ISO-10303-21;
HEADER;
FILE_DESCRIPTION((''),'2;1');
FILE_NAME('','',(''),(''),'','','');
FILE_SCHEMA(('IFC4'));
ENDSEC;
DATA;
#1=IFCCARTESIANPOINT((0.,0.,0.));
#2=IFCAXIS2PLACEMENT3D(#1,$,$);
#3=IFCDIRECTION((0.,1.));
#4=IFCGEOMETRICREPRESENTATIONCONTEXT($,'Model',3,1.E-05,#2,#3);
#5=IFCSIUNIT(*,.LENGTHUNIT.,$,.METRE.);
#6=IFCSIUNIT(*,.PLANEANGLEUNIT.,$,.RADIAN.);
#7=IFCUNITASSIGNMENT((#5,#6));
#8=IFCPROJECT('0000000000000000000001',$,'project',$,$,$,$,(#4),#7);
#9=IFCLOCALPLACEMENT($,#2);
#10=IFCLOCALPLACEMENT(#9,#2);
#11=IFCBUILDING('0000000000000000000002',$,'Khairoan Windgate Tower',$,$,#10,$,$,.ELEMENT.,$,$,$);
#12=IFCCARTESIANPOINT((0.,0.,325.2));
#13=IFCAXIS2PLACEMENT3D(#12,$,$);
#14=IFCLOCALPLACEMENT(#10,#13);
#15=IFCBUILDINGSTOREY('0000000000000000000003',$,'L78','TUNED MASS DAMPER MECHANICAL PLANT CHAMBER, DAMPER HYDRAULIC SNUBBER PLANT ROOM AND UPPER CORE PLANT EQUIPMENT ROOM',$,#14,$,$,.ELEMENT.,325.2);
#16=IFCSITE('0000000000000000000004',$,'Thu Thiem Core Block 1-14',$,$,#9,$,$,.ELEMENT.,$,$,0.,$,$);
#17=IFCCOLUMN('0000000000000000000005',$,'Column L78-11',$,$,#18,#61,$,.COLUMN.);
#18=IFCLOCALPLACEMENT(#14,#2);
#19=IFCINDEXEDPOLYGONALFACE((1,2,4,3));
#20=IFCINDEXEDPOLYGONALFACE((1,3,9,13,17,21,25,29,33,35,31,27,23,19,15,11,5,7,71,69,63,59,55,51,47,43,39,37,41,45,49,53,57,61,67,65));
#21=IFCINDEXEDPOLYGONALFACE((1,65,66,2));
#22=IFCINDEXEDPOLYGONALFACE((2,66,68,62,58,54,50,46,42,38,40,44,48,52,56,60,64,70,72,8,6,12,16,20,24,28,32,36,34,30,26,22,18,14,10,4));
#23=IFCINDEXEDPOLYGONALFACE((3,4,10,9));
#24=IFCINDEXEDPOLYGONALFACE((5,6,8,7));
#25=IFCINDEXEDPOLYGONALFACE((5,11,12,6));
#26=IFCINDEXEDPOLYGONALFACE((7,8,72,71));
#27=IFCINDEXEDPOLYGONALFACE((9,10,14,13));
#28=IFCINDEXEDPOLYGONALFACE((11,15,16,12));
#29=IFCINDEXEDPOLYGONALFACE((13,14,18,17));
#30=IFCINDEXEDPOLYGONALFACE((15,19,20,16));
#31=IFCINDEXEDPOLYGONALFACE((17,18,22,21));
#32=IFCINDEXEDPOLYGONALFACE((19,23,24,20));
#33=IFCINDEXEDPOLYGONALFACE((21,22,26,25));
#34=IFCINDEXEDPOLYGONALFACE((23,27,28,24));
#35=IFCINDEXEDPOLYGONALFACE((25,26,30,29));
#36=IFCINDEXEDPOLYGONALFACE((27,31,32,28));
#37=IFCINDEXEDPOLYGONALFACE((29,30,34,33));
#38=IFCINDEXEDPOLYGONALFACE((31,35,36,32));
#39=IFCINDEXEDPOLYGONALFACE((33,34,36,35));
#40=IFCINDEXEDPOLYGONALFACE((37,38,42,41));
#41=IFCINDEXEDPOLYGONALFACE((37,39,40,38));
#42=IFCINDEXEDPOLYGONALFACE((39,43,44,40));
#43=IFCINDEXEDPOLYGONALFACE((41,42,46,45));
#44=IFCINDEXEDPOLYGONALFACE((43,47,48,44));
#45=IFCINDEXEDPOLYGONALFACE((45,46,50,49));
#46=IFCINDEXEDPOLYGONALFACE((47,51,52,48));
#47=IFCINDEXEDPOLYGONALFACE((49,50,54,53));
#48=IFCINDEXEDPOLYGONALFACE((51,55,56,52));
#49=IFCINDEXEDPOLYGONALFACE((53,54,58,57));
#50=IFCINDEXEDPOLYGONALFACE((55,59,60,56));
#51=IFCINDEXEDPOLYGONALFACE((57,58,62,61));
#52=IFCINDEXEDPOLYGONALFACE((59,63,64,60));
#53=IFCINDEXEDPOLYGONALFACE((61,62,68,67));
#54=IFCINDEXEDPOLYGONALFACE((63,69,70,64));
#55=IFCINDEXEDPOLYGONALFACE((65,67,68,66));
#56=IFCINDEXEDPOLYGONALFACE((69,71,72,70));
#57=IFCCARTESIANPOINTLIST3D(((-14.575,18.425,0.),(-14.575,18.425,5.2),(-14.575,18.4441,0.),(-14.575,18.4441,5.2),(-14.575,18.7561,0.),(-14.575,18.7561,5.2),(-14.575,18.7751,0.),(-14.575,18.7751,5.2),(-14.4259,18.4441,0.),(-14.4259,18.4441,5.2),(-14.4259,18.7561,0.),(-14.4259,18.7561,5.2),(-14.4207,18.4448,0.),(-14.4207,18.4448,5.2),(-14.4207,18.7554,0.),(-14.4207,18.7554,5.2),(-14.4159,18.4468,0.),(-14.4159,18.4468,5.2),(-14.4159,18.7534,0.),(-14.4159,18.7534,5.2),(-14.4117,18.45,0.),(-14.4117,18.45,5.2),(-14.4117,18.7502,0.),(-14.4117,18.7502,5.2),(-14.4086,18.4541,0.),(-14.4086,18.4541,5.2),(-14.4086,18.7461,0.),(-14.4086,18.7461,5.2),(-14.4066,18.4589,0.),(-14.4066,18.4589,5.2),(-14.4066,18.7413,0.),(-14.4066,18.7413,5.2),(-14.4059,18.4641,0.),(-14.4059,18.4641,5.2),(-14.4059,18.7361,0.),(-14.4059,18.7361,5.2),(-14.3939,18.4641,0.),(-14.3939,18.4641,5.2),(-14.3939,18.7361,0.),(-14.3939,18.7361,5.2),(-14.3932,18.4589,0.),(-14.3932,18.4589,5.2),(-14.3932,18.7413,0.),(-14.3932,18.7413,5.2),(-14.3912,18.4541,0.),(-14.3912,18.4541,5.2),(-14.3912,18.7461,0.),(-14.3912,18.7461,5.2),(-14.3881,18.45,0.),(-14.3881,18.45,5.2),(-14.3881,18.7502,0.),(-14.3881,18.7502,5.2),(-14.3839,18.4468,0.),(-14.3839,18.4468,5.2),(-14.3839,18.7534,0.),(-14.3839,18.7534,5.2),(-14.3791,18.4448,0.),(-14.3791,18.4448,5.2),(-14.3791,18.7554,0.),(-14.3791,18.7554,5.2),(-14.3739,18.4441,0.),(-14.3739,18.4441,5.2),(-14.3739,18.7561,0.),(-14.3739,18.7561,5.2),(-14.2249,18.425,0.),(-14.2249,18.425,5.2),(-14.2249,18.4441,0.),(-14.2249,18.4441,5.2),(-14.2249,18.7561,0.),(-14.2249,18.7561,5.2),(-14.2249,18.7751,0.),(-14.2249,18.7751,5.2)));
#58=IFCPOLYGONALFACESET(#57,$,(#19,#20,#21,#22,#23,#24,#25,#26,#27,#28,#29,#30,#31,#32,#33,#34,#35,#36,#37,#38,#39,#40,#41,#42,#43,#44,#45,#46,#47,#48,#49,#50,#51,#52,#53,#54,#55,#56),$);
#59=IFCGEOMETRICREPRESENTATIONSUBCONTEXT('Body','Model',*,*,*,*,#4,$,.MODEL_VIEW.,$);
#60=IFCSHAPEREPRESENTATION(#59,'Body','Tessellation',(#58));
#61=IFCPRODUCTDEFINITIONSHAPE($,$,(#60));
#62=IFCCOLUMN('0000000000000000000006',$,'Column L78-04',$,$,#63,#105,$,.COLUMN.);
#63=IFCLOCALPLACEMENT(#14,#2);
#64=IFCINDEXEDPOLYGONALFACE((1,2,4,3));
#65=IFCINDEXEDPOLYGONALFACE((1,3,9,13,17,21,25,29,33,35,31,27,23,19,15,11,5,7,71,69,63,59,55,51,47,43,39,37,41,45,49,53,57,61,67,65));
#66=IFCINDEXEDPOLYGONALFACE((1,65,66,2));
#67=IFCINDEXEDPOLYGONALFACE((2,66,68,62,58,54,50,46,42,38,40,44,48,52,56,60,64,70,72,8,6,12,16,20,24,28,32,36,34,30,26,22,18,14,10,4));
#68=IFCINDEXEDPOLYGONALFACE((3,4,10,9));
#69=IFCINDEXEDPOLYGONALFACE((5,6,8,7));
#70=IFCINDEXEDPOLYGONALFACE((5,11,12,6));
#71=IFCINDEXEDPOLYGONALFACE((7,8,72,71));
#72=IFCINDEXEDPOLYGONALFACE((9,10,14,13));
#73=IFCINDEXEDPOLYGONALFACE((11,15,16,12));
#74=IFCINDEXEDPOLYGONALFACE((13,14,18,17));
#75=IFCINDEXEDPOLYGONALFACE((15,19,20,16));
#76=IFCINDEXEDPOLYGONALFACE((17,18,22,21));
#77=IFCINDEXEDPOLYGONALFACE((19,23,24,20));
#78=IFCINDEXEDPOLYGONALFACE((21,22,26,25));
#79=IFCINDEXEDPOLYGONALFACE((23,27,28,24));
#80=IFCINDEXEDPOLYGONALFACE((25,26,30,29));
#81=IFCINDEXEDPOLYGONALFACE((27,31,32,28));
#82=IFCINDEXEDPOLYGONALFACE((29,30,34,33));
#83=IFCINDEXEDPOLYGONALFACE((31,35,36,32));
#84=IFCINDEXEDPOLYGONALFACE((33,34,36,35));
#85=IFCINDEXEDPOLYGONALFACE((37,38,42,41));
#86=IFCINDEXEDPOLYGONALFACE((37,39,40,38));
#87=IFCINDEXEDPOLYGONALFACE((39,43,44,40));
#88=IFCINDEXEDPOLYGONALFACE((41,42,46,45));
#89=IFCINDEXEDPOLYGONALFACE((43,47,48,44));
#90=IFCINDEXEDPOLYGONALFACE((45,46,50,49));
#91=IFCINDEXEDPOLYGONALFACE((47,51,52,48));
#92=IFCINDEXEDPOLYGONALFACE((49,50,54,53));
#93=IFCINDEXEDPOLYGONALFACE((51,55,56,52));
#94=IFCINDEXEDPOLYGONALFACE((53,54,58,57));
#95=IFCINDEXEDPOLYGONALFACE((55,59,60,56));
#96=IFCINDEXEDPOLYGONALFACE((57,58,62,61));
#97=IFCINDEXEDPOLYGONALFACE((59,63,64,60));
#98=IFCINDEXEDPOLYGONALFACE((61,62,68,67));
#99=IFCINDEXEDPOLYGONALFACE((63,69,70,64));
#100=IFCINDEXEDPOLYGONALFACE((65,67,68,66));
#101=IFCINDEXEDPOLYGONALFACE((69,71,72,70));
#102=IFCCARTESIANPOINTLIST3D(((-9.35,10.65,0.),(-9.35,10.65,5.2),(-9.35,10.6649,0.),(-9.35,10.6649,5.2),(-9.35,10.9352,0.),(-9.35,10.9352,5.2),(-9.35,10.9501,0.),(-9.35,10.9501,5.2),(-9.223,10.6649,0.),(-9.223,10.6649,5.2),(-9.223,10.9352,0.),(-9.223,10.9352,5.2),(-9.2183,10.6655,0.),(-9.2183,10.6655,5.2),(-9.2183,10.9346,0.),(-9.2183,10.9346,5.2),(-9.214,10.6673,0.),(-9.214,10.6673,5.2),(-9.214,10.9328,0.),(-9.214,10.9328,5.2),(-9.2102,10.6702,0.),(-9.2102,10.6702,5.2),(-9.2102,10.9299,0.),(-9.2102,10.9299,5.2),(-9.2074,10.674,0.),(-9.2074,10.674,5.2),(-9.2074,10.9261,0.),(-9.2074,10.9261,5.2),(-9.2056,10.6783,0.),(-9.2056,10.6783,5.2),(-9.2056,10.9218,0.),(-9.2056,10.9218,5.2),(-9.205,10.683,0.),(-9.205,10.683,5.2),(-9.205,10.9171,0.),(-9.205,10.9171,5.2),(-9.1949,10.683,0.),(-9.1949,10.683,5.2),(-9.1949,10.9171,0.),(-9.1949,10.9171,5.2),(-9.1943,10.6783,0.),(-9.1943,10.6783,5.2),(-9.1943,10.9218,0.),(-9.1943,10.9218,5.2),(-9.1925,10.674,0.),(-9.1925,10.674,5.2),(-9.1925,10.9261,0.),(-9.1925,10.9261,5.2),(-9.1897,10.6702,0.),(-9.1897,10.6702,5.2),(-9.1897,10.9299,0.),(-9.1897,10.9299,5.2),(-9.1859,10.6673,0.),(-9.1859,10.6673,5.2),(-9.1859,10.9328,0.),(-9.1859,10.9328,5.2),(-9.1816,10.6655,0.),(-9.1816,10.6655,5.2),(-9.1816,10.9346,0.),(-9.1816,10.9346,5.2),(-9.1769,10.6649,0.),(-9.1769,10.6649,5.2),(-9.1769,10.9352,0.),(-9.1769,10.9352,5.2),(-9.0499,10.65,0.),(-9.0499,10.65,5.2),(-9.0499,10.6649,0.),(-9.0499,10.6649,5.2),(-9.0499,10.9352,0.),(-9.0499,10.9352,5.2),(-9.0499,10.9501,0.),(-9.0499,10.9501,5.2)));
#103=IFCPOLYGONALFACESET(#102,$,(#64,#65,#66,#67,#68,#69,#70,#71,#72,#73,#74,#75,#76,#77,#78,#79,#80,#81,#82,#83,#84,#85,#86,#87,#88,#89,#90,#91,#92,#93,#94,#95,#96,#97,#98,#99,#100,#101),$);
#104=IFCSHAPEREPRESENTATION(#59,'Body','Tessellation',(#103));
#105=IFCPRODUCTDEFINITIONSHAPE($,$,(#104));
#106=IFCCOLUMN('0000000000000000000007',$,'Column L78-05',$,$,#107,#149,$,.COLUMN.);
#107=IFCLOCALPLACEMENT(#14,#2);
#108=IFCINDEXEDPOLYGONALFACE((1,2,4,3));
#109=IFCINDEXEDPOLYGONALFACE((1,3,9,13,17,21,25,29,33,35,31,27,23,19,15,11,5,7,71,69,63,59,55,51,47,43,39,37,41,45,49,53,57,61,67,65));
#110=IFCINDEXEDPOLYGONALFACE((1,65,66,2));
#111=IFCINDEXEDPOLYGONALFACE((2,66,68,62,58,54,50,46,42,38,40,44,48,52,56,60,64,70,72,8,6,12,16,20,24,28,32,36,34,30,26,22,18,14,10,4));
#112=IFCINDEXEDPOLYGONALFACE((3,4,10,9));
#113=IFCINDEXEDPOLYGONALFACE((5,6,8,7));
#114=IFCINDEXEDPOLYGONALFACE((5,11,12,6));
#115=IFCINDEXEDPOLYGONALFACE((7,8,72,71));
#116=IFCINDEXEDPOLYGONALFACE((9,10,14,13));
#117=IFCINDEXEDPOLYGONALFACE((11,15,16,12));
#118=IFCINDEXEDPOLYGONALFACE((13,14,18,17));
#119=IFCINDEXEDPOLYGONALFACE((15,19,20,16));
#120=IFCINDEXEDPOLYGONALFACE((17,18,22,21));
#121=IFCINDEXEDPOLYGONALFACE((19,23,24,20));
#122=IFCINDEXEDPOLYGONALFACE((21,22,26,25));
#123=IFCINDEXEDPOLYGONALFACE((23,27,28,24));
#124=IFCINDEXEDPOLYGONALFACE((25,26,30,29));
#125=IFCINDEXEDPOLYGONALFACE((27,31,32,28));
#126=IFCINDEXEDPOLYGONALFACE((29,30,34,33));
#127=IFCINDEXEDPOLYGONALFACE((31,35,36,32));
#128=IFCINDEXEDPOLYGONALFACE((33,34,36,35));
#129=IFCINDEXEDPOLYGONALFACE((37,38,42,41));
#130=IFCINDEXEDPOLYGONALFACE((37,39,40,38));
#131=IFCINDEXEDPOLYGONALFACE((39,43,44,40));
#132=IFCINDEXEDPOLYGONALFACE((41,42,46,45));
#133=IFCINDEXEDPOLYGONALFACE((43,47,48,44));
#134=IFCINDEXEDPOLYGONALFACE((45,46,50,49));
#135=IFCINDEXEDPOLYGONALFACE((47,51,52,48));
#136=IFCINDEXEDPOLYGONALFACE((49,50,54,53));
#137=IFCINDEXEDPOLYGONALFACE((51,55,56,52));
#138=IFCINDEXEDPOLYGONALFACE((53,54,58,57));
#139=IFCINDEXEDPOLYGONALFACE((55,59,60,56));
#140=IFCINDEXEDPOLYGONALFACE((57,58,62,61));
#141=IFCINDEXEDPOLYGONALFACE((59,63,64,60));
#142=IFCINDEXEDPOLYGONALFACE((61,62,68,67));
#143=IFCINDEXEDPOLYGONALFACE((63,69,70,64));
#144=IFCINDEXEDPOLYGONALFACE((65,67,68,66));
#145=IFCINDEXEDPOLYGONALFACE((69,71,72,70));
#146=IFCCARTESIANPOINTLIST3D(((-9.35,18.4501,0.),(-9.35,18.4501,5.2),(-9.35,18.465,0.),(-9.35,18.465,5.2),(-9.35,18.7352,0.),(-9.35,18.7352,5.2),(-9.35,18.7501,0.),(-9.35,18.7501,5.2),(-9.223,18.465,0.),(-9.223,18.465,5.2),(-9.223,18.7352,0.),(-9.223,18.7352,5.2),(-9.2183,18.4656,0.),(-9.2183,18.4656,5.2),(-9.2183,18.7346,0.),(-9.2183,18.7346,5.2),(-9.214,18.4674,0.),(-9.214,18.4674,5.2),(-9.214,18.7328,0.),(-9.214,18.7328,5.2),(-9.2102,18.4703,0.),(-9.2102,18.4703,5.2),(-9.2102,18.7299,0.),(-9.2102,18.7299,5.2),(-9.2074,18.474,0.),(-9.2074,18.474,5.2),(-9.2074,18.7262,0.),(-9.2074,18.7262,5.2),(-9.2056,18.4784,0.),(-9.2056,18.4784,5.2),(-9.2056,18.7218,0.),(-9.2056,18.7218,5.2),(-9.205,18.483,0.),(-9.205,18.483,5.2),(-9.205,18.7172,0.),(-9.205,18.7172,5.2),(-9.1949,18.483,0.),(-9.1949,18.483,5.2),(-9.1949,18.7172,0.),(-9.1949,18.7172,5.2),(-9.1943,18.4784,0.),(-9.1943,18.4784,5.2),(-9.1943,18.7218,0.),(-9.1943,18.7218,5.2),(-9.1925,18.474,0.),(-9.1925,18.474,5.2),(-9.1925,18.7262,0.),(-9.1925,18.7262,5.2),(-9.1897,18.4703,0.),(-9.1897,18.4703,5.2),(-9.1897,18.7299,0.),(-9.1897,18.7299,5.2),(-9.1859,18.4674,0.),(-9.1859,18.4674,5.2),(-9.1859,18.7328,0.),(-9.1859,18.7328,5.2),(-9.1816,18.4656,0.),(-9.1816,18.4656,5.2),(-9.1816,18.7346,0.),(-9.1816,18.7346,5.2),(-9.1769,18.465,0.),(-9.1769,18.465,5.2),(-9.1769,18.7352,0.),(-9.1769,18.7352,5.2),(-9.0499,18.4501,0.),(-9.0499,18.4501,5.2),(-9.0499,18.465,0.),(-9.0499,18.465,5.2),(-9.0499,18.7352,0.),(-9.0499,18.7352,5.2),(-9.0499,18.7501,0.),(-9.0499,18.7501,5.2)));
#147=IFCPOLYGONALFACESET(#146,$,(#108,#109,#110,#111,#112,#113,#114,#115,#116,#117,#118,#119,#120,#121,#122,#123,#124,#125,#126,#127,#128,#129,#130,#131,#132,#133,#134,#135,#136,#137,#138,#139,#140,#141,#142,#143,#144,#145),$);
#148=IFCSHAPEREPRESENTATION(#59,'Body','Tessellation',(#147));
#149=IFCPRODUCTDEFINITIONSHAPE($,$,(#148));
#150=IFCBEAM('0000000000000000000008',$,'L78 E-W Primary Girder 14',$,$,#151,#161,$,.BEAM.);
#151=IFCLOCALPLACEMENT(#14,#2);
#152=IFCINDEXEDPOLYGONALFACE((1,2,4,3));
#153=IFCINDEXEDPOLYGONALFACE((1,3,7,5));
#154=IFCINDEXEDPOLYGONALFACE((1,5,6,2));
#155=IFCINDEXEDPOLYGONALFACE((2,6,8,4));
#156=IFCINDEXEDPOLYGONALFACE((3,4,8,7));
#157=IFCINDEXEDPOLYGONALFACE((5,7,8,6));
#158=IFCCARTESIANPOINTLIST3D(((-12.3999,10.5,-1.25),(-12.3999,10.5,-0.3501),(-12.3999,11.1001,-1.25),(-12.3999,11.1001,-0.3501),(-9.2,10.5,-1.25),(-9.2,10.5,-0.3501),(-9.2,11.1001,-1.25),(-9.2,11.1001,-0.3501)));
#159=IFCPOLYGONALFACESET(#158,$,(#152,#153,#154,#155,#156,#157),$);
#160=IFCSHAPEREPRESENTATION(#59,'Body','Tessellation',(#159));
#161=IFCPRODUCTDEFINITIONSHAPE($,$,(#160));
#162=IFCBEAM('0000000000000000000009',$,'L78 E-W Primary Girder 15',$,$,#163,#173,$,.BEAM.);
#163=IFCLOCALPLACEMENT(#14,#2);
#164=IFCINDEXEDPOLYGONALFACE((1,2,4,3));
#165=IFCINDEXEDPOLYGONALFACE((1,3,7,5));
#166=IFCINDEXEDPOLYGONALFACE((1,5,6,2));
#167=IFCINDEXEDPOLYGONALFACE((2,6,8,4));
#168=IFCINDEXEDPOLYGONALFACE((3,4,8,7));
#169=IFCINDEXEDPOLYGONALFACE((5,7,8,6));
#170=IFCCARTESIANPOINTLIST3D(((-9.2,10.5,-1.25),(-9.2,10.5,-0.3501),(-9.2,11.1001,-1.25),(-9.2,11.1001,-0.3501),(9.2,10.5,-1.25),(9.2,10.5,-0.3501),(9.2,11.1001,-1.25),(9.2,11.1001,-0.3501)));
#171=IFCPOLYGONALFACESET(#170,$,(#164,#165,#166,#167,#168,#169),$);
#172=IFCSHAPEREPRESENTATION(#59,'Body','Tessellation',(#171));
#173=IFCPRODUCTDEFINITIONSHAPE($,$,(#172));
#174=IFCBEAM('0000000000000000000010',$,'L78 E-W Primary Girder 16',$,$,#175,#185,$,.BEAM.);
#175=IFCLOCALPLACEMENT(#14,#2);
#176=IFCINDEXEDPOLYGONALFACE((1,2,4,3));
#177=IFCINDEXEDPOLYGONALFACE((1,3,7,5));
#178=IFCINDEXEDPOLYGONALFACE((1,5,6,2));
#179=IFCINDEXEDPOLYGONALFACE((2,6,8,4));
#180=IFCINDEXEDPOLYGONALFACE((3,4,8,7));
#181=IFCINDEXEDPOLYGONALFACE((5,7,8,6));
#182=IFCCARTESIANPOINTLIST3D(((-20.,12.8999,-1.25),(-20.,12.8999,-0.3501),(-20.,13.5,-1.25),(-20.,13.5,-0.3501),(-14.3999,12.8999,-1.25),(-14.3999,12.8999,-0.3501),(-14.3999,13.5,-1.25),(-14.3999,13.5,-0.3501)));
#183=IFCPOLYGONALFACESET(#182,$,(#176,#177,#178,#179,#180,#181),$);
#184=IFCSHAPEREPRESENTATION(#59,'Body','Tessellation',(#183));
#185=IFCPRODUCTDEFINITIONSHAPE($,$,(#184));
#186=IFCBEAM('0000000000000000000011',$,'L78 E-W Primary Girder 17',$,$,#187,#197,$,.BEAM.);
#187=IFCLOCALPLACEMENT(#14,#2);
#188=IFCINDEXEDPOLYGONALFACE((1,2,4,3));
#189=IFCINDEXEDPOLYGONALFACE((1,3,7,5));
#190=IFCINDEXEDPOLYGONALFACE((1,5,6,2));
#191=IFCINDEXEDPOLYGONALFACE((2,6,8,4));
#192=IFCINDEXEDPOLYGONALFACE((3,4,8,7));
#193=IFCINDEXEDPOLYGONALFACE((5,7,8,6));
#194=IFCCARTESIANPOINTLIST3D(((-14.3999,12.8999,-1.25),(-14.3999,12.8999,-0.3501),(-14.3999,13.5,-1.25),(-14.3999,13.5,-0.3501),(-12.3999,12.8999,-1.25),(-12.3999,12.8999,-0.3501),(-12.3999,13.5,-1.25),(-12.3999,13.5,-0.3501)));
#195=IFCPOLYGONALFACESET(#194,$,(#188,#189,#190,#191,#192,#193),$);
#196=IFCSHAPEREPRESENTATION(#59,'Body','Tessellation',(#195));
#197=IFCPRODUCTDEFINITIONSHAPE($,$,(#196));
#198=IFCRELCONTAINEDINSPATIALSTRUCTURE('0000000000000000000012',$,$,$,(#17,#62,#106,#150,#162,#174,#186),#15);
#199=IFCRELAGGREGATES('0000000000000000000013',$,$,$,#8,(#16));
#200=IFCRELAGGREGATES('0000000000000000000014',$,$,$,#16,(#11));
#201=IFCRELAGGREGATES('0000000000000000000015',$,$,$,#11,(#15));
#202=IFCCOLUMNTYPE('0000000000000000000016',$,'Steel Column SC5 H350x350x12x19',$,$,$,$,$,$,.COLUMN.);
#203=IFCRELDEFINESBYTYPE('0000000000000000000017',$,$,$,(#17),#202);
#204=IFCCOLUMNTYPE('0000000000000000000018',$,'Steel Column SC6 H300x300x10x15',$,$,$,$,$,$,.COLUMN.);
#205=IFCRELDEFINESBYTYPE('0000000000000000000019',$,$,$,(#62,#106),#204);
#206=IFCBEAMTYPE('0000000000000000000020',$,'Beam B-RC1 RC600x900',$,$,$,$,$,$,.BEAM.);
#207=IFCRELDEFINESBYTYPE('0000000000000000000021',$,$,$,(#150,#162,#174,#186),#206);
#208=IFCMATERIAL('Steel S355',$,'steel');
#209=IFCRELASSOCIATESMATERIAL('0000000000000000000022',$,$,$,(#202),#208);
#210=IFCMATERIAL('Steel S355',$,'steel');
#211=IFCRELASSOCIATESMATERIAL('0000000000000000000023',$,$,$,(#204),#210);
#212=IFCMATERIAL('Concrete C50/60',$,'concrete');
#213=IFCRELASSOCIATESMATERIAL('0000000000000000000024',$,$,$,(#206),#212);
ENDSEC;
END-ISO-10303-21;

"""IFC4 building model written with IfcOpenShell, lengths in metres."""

from ifc_helpers import new_model, si_unit, direction, frame, origin, origin_2d, place, context, subcontext, project, spatial, rectangle, i_section, extrude, material, material_profile, profile_set, type_object, element, save


model = new_model("IFC4")

# Units and contexts
model_context = context("Model", 3, precision=1e-05, world=origin(), true_north=direction((0.0, 1.0)))
body_context = subcontext(model_context, "Body", "Model", "MODEL_VIEW")
ifc_project = project(units=[si_unit("LENGTHUNIT", "METRE"), si_unit("PLANEANGLEUNIT", "RADIAN")], contexts=[model_context])

# Site, building, storey
site_placement = place(None, origin())
site = spatial("IfcSite", under=ifc_project, at=site_placement, Name="Thu Thiem Core Block 1-14", CompositionType="ELEMENT", RefElevation=0.0)
building_placement = place(site_placement, origin())
building = spatial("IfcBuilding", under=site, at=building_placement, Name="Khairoan Windgate Tower", CompositionType="ELEMENT")
storey_placement = place(building_placement, frame((0.0, 0.0, 325.2)))
storey = spatial("IfcBuildingStorey", under=building, at=storey_placement, Name="L78", Description="TUNED MASS DAMPER MECHANICAL PLANT CHAMBER, DAMPER HYDRAULIC SNUBBER PLANT ROOM AND UPPER CORE PLANT EQUIPMENT ROOM", CompositionType="ELEMENT", Elevation=325.2)

# Columns
ifc_material_1 = material(Name="Steel S355", Category="steel")
ifc_material_profile_1 = material_profile(ifc_material_1, i_section(OverallWidth=0.3501, OverallDepth=0.3501, WebThickness=0.012, FlangeThickness=0.019, FilletRadius=0.02, at=origin_2d()))
ifc_profile_set_1 = profile_set([ifc_material_profile_1], Name="Steel S355")
column_type_1 = type_object("IfcColumnType", Name="Steel Column SC5 H350x350x12x19", PredefinedType="COLUMN", material=ifc_profile_set_1)
column_placement = place(storey_placement, frame((-14.3999, 18.6001, 0.0), z_axis=(0.0, 0.0, 1.0), x_axis=(1.0, 0.0, 0.0)))
element("IfcColumn", 1, at=column_placement, inside=storey, type_object=column_type_1, Name="Column L78-11", PredefinedType="COLUMN", context=body_context, shape_type="SweptSolid", body=[
    extrude(i_section(OverallWidth=0.3501, OverallDepth=0.3501, WebThickness=0.012, FlangeThickness=0.019, FilletRadius=0.02, at=origin_2d()), origin(), (0.0, 0.0, 1.0), 5.2),
])
ifc_material_2 = material(Name="Steel S355", Category="steel")
ifc_material_profile_2 = material_profile(ifc_material_2, i_section(OverallWidth=0.3, OverallDepth=0.3, WebThickness=0.01, FlangeThickness=0.0149, FilletRadius=0.0181, at=origin_2d()))
ifc_profile_set_2 = profile_set([ifc_material_profile_2], Name="Steel S355")
column_type_2 = type_object("IfcColumnType", Name="Steel Column SC6 H300x300x10x15", PredefinedType="COLUMN", material=ifc_profile_set_2)
for number, where, z_axis, x_axis, name in (
    (2, (-9.2, 10.8, 0.0), (0.0, 0.0, 1.0), (1.0, 0.0, 0.0), "Column L78-04"),
    (3, (-9.2, 18.6001, 0.0), (0.0, 0.0, 1.0), (1.0, 0.0, 0.0), "Column L78-05"),
):
    element("IfcColumn", number, at=place(storey_placement, frame(where, z_axis=z_axis, x_axis=x_axis)), inside=storey, type_object=column_type_2, Name=name, PredefinedType="COLUMN", context=body_context, shape_type="SweptSolid", body=[
        extrude(i_section(OverallWidth=0.3, OverallDepth=0.3, WebThickness=0.01, FlangeThickness=0.0149, FilletRadius=0.0181, at=origin_2d()), origin(), (0.0, 0.0, 1.0), 5.2),
    ])

# Beams
ifc_material_3 = material(Name="Concrete C50/60", Category="concrete")
ifc_material_profile_3 = material_profile(ifc_material_3, rectangle(XDim=0.6001, YDim=0.8999, at=origin_2d()))
ifc_profile_set_3 = profile_set([ifc_material_profile_3], Name="Concrete C50/60")
beam_type = type_object("IfcBeamType", Name="Beam B-RC1 RC600x900", PredefinedType="BEAM", material=ifc_profile_set_3)
beam_1_placement = place(storey_placement, frame((-12.3999, 10.8, -0.8), z_axis=(1.0, 0.0, 0.0), x_axis=(0.0, 1.0, 0.0)))
element("IfcBeam", 4, at=beam_1_placement, inside=storey, type_object=beam_type, Name="L78 E-W Primary Girder 14", PredefinedType="BEAM", context=body_context, shape_type="SweptSolid", body=[
    extrude(rectangle(XDim=0.6001, YDim=0.8999, at=origin_2d()), origin(), (0.0, 0.0, 1.0), 3.2),
])
beam_2_placement = place(storey_placement, frame((-9.2, 10.8, -0.8), z_axis=(1.0, 0.0, 0.0), x_axis=(0.0, 1.0, 0.0)))
element("IfcBeam", 5, at=beam_2_placement, inside=storey, type_object=beam_type, Name="L78 E-W Primary Girder 15", PredefinedType="BEAM", context=body_context, shape_type="SweptSolid", body=[
    extrude(rectangle(XDim=0.6001, YDim=0.8999, at=origin_2d()), origin(), (0.0, 0.0, 1.0), 18.3999),
])
beam_3_placement = place(storey_placement, frame((-20.0, 13.2, -0.8), z_axis=(1.0, 0.0, 0.0), x_axis=(0.0, 1.0, 0.0)))
element("IfcBeam", 6, at=beam_3_placement, inside=storey, type_object=beam_type, Name="L78 E-W Primary Girder 16", PredefinedType="BEAM", context=body_context, shape_type="SweptSolid", body=[
    extrude(rectangle(XDim=0.6001, YDim=0.8999, at=origin_2d()), origin(), (0.0, 0.0, 1.0), 5.6001),
])
beam_4_placement = place(storey_placement, frame((-14.3999, 13.2, -0.8), z_axis=(1.0, 0.0, 0.0), x_axis=(0.0, 1.0, 0.0)))
element("IfcBeam", 7, at=beam_4_placement, inside=storey, type_object=beam_type, Name="L78 E-W Primary Girder 17", PredefinedType="BEAM", context=body_context, shape_type="SweptSolid", body=[
    extrude(rectangle(XDim=0.6001, YDim=0.8999, at=origin_2d()), origin(), (0.0, 0.0, 1.0), 2.0),
])

save(model, "model.ifc")
